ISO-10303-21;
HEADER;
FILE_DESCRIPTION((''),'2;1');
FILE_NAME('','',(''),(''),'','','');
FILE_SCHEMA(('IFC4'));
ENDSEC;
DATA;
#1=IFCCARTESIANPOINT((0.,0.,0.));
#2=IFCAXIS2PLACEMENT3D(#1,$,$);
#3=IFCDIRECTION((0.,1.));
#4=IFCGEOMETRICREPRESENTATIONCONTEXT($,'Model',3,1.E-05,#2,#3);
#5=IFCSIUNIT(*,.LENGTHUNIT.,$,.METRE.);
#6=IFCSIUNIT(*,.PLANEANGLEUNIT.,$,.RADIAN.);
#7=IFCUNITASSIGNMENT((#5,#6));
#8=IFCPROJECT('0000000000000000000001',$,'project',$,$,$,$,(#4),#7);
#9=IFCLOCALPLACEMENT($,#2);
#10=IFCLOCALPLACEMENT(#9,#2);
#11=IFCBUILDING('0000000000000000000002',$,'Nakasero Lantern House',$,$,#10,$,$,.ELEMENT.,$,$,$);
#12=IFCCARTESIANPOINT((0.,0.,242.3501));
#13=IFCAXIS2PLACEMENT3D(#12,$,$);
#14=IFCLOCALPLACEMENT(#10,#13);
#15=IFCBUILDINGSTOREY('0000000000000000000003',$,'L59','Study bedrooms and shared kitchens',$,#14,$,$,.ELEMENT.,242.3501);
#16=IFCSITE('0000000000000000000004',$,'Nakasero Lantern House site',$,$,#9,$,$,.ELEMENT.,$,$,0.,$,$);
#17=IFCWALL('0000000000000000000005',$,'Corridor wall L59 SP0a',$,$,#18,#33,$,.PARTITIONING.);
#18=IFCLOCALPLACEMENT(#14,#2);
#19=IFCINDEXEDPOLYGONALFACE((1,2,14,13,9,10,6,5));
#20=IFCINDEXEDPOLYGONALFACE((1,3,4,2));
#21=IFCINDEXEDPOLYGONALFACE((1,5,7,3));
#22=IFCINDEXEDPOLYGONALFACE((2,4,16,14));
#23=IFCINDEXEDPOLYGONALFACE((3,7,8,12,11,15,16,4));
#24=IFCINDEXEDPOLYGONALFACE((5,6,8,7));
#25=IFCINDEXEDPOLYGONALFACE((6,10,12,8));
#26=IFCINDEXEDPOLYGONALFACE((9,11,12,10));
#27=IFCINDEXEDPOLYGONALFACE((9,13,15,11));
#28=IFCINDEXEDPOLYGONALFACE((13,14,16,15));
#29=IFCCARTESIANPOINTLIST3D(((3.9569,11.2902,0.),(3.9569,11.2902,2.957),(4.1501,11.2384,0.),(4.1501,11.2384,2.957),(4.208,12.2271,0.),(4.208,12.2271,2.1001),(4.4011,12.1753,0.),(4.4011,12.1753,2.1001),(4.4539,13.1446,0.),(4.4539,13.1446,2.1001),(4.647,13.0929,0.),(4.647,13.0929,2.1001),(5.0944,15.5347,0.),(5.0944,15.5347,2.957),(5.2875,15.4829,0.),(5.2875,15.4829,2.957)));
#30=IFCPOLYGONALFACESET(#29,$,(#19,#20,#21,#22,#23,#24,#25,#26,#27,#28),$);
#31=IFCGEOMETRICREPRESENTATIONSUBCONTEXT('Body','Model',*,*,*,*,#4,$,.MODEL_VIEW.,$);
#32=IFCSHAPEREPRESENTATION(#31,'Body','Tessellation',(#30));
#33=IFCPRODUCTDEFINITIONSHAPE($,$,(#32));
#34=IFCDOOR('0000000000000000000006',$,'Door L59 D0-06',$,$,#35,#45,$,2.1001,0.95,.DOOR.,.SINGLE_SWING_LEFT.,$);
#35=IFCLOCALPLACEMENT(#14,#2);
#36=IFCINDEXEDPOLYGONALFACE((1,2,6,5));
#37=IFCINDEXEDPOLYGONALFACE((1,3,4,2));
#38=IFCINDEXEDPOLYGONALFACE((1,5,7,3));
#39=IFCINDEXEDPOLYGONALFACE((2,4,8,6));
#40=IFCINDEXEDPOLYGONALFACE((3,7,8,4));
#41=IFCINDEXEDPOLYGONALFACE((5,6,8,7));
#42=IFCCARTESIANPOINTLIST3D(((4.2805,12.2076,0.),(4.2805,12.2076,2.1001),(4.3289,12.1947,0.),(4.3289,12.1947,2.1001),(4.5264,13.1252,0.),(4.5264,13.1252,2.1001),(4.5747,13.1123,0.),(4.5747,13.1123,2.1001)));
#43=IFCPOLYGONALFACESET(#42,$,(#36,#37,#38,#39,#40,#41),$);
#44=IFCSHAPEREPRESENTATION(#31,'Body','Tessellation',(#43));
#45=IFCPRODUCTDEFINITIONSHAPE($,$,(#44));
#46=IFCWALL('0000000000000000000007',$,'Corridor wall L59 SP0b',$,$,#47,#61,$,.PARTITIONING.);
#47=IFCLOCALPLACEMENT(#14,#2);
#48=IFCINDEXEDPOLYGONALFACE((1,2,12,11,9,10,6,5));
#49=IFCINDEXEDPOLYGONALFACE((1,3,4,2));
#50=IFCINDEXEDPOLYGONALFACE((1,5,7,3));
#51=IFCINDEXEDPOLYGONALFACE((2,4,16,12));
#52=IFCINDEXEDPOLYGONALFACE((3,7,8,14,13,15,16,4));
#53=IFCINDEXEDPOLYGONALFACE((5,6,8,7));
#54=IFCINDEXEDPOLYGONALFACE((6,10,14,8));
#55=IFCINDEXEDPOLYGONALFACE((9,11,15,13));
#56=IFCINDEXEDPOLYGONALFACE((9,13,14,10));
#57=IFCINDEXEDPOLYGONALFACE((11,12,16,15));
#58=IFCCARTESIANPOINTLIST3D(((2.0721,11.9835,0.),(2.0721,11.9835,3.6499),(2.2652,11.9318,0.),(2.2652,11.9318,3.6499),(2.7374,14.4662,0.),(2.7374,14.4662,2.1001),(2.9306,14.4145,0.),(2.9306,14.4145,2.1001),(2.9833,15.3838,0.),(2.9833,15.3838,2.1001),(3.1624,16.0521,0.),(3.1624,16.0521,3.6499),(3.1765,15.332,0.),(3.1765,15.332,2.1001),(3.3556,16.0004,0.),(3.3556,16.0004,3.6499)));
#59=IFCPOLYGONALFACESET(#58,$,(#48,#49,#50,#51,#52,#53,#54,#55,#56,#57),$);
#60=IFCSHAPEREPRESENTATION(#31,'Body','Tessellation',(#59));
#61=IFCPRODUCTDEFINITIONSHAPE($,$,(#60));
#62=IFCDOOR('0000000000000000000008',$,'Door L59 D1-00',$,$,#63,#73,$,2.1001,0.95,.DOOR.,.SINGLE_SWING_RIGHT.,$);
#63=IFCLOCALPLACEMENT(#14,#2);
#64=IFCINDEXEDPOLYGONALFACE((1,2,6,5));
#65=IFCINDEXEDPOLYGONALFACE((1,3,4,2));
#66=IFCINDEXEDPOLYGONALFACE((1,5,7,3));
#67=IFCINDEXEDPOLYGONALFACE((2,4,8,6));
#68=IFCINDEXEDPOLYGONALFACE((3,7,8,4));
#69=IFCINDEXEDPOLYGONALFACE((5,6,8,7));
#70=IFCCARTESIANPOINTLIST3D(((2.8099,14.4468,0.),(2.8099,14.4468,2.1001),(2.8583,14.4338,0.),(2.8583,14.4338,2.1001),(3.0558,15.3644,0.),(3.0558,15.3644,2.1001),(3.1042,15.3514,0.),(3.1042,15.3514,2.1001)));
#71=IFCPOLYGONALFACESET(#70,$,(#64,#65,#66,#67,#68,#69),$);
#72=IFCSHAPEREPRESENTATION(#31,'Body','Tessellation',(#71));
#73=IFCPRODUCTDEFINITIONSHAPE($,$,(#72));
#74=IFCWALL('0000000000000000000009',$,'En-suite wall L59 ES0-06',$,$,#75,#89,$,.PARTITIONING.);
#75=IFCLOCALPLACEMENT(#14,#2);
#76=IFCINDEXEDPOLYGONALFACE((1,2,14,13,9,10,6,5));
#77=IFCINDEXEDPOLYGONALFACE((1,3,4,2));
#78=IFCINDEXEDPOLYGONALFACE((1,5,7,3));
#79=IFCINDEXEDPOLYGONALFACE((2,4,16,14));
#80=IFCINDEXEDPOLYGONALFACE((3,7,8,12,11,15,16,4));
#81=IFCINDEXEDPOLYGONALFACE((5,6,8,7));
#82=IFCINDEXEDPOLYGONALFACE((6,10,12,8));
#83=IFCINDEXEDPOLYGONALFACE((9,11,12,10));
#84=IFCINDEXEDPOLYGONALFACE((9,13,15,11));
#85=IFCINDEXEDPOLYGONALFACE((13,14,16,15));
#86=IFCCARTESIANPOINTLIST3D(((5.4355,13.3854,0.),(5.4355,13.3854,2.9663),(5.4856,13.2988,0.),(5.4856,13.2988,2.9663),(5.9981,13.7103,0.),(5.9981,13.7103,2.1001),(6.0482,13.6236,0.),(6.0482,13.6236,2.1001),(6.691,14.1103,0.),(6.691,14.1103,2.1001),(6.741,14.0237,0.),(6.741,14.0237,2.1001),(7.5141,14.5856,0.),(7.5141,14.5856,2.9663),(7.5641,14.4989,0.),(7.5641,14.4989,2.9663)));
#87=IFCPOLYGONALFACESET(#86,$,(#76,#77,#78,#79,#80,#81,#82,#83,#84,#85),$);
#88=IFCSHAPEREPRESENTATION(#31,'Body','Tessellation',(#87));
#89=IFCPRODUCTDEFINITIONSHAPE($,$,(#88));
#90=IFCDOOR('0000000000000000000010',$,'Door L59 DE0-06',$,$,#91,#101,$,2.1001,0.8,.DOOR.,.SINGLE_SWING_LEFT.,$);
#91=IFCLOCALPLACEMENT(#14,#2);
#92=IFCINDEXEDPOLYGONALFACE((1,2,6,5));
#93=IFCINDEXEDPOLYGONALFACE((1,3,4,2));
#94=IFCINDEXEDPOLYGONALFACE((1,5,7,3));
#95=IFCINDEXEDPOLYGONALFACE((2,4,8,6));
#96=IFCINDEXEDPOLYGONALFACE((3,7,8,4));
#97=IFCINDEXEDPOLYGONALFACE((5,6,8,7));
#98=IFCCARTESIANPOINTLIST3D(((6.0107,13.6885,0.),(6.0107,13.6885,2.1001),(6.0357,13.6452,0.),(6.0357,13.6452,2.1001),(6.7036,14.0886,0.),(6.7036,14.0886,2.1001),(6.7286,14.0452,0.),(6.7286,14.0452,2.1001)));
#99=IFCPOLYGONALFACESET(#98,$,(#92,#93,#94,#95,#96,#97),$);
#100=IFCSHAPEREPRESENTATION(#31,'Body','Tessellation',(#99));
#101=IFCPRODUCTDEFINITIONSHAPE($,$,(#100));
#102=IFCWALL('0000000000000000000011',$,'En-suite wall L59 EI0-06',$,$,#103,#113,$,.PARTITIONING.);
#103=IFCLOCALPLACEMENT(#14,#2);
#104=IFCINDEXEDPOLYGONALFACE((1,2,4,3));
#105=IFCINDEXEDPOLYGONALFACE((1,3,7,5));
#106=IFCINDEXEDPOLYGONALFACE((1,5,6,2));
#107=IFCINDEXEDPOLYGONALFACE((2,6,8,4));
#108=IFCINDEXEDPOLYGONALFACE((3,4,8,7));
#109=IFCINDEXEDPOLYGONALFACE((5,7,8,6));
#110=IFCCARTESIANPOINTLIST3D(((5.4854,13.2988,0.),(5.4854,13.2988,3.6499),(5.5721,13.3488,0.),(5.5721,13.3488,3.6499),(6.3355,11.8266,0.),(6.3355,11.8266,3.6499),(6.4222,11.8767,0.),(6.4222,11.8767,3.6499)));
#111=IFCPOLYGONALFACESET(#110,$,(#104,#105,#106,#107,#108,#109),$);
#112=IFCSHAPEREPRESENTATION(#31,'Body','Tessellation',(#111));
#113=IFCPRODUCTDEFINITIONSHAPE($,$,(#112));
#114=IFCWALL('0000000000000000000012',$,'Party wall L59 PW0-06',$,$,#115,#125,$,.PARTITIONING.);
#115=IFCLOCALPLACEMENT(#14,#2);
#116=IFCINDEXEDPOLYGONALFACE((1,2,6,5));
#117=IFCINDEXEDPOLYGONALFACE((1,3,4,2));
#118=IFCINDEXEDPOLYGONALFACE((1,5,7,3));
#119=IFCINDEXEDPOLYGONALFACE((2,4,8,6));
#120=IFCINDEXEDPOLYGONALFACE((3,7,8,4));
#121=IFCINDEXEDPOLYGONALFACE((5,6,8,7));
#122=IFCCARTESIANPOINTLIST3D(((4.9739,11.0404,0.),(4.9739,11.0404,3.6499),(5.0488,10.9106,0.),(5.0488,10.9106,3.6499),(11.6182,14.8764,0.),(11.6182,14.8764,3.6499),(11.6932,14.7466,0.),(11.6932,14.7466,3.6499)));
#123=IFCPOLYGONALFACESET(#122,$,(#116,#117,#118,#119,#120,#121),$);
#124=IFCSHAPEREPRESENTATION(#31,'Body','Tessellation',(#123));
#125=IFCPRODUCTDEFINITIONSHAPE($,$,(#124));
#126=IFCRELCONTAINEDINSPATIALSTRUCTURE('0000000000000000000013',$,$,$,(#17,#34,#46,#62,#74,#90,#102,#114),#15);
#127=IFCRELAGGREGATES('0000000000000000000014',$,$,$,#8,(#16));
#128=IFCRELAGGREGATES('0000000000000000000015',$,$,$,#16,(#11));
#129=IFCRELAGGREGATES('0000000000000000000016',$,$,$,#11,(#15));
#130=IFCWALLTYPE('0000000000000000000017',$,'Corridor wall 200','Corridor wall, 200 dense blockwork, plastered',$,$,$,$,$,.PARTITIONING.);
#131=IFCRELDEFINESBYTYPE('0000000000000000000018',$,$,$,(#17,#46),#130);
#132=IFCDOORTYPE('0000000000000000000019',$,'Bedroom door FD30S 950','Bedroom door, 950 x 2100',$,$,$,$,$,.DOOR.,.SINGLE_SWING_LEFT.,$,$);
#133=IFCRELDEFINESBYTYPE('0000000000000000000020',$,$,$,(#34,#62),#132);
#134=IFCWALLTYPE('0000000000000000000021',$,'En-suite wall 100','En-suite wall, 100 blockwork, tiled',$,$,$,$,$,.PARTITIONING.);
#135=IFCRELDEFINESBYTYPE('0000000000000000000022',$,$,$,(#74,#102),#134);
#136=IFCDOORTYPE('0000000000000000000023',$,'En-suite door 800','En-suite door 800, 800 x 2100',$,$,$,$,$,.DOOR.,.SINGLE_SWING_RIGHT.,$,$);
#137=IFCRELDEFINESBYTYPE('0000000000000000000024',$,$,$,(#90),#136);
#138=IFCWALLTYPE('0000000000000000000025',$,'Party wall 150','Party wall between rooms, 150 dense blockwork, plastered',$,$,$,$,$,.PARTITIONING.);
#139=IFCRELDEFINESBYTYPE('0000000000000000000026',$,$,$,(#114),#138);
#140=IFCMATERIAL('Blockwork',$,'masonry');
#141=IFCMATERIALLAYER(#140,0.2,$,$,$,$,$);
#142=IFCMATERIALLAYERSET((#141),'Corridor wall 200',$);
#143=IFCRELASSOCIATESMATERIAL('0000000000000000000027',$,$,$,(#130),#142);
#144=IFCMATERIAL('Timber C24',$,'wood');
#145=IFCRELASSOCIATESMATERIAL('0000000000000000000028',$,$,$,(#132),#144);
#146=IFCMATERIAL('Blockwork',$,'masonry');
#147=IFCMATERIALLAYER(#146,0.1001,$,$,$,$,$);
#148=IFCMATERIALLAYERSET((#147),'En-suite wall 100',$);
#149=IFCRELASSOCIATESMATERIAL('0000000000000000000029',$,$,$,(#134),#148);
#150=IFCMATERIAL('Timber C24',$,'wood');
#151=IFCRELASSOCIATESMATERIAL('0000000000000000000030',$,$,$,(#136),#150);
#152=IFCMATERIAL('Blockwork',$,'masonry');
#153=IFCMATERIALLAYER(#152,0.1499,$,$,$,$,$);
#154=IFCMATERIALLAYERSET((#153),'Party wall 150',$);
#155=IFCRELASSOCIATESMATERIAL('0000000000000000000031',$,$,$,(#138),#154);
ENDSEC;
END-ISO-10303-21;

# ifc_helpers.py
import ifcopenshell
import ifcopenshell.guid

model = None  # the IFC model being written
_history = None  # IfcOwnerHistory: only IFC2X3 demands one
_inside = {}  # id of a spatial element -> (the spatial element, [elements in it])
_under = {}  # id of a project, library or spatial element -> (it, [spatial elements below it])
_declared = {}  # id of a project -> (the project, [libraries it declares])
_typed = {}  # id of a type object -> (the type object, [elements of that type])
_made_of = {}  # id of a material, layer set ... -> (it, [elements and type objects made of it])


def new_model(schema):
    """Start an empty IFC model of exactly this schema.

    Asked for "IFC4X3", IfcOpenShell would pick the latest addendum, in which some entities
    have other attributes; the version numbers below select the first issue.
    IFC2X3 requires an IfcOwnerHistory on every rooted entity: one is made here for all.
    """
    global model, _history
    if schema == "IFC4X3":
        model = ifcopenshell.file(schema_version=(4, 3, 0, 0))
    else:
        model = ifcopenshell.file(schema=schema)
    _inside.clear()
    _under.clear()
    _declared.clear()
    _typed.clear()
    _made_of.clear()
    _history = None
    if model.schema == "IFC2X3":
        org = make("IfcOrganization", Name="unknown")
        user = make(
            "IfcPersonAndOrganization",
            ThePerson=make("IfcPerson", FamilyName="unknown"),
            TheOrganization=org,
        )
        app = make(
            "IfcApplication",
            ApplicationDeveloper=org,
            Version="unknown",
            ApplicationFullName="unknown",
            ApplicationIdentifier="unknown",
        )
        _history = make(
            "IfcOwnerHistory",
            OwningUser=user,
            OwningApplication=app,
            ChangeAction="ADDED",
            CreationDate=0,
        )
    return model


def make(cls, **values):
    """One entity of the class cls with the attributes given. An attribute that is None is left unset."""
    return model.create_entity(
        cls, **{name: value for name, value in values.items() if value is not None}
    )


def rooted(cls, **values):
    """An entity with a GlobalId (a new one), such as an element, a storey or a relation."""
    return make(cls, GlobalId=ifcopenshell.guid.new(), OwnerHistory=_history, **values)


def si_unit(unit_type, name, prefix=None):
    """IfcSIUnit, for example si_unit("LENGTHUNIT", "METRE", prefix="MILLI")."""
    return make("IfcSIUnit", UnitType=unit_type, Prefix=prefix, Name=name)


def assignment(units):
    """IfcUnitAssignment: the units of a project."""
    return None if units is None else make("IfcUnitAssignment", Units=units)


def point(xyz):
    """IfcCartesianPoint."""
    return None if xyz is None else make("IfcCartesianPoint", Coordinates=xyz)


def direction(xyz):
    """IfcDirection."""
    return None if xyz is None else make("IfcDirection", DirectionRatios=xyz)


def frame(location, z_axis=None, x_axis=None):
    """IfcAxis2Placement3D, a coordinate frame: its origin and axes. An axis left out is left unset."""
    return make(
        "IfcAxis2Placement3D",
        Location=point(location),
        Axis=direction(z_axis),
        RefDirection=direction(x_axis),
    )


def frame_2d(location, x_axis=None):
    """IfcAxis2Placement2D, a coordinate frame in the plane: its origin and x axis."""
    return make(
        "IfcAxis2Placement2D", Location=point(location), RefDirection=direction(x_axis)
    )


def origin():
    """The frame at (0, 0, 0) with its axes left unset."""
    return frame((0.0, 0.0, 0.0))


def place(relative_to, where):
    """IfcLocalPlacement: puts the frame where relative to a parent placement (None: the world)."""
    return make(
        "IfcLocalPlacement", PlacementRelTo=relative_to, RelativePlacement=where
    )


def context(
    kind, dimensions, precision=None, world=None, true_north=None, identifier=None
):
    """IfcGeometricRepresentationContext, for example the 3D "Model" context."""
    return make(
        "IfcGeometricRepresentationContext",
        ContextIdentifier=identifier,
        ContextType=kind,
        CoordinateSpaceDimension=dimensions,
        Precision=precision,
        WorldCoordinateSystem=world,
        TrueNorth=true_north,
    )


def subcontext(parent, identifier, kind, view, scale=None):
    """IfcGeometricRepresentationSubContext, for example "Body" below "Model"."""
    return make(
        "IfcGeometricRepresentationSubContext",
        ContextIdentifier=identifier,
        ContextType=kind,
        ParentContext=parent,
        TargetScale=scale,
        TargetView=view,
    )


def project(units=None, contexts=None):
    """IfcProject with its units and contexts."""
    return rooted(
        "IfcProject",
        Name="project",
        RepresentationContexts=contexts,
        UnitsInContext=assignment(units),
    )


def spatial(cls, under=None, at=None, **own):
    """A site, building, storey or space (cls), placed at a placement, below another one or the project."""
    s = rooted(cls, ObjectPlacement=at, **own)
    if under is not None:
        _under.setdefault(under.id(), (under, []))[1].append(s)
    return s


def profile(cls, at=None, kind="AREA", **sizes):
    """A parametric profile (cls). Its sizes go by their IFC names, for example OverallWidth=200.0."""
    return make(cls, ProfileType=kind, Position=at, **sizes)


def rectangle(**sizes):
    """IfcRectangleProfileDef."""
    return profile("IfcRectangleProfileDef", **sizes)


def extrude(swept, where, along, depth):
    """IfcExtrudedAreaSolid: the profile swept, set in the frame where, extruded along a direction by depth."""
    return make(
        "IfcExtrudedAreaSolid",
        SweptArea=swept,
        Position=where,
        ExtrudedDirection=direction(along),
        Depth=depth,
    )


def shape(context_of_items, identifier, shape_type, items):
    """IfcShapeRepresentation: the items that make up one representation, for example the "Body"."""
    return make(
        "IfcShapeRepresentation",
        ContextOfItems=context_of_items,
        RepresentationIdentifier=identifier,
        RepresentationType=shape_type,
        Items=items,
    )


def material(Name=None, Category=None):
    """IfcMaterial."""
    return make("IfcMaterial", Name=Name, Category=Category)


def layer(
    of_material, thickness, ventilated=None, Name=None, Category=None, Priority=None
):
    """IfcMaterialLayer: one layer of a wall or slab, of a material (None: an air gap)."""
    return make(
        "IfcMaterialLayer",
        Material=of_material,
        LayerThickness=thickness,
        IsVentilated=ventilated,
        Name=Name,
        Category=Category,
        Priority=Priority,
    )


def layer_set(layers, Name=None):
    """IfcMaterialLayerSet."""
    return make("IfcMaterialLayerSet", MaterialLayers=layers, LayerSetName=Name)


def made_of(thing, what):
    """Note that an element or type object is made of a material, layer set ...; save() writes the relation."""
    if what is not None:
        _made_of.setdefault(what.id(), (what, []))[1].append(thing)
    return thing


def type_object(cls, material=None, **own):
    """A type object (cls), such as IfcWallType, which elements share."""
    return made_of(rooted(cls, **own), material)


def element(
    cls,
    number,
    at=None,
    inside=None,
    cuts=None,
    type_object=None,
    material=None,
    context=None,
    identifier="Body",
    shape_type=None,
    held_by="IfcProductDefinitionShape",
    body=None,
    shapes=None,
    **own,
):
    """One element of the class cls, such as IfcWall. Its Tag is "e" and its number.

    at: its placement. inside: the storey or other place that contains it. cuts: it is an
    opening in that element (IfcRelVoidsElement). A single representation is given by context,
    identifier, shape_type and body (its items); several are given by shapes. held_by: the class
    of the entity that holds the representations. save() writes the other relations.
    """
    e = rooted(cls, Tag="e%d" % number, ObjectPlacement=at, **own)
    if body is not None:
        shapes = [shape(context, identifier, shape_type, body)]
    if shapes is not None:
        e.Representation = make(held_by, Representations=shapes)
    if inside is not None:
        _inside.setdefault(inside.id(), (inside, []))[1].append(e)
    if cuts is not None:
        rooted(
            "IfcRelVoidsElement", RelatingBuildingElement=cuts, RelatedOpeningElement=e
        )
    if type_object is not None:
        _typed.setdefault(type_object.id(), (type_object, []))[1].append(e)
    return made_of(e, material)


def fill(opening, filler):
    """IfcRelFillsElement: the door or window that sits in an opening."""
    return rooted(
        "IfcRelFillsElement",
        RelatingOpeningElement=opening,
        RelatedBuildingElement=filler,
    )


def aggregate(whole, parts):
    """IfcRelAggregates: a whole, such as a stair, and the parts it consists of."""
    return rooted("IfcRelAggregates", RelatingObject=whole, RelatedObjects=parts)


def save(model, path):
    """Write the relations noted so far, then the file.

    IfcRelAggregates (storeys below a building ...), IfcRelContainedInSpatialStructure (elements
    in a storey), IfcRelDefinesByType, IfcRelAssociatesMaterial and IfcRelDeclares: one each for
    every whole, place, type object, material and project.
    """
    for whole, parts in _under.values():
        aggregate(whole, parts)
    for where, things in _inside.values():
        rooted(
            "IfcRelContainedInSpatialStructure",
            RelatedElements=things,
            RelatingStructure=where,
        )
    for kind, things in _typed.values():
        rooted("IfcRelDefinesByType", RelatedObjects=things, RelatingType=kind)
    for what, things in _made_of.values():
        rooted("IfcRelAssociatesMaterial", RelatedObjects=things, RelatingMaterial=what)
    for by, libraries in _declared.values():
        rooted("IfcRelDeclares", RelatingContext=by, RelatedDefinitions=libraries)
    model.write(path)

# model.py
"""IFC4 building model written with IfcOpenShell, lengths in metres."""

from ifc_helpers import new_model, si_unit, direction, frame, frame_2d, origin, place, context, subcontext, project, spatial, rectangle, extrude, material, layer, layer_set, type_object, element, fill, save


model = new_model("IFC4")

# Units and contexts
model_context = context("Model", 3, precision=1e-05, world=origin(), true_north=direction((0.0, 1.0)))
body_context = subcontext(model_context, "Body", "Model", "MODEL_VIEW")
ifc_project = project(units=[si_unit("LENGTHUNIT", "METRE"), si_unit("PLANEANGLEUNIT", "RADIAN")], contexts=[model_context])

# Site, building, storey
site_placement = place(None, origin())
site = spatial("IfcSite", under=ifc_project, at=site_placement, Name="Nakasero Lantern House site", CompositionType="ELEMENT", RefElevation=0.0)
building_placement = place(site_placement, origin())
building = spatial("IfcBuilding", under=site, at=building_placement, Name="Nakasero Lantern House", CompositionType="ELEMENT")
storey_placement = place(building_placement, frame((0.0, 0.0, 242.3501)))
storey = spatial("IfcBuildingStorey", under=building, at=storey_placement, Name="L59", Description="Study bedrooms and shared kitchens", CompositionType="ELEMENT", Elevation=242.3501)

# Shared definitions
ifc_material_1 = material(Name="Blockwork", Category="masonry")
ifc_layer_1 = layer(ifc_material_1, 0.2)
ifc_layer_set_1 = layer_set([ifc_layer_1], Name="Corridor wall 200")
wall_type_1 = type_object("IfcWallType", Name="Corridor wall 200", Description="Corridor wall, 200 dense blockwork, plastered", PredefinedType="PARTITIONING", material=ifc_layer_set_1)

# Walls, openings, doors
wall_1_placement = place(storey_placement, frame((4.0535, 11.2642, 0.0), z_axis=(0.0, 0.0, 1.0), x_axis=(0.258842, 0.96592, 0.0)))
wall_1 = element("IfcWall", 1, at=wall_1_placement, inside=storey, type_object=wall_type_1, Name="Corridor wall L59 SP0a", PredefinedType="PARTITIONING", context=body_context, shape_type="SweptSolid", body=[
    extrude(rectangle(XDim=4.3943, YDim=0.2, at=frame_2d((2.1973, 0.0))), origin(), (0.0, 0.0, 1.0), 2.957),
])
opening_1_placement = place(wall_1_placement, frame((0.97, 0.0, 0.0)))
opening_1 = element("IfcOpeningElement", 2, at=opening_1_placement, cuts=wall_1, PredefinedType="OPENING", context=body_context, shape_type="SweptSolid", body=[
    extrude(rectangle(XDim=0.95, YDim=2.1001, at=frame_2d((0.4751, 1.05))), frame((0.0, 0.1199, 0.0), z_axis=(0.0, -1.0, 0.0), x_axis=(1.0, 0.0, 0.0)), (0.0, 0.0, 1.0), 0.24),
])
ifc_material_2 = material(Name="Timber C24", Category="wood")
door_type_1 = type_object("IfcDoorType", Name="Bedroom door FD30S 950", Description="Bedroom door, 950 x 2100", OperationType="SINGLE_SWING_LEFT", PredefinedType="DOOR", material=ifc_material_2)
door_1_placement = place(opening_1_placement, origin())
door_1 = element("IfcDoor", 3, at=door_1_placement, inside=storey, type_object=door_type_1, Name="Door L59 D0-06", OperationType="SINGLE_SWING_LEFT", OverallHeight=2.1001, OverallWidth=0.95, PredefinedType="DOOR", context=body_context, shape_type="SweptSolid", body=[
    extrude(rectangle(XDim=0.95, YDim=2.1001, at=frame_2d((0.4751, 1.05))), frame((0.0, 0.0249, 0.0), z_axis=(0.0, -1.0, 0.0), x_axis=(1.0, 0.0, 0.0)), (0.0, 0.0, 1.0), 0.05),
])
fill(opening_1, door_1)
wall_2_placement = place(storey_placement, frame((2.1687, 11.9578, 0.0), z_axis=(0.0, 0.0, 1.0), x_axis=(0.258853, 0.965917, 0.0)))
wall_2 = element("IfcWall", 4, at=wall_2_placement, inside=storey, type_object=wall_type_1, Name="Corridor wall L59 SP0b", PredefinedType="PARTITIONING", context=body_context, shape_type="SweptSolid", body=[
    extrude(rectangle(XDim=4.2122, YDim=0.2, at=frame_2d((2.106, 0.0))), origin(), (0.0, 0.0, 1.0), 3.6499),
])
opening_2_placement = place(wall_2_placement, frame((2.5701, 0.0, 0.0)))
opening_2 = element("IfcOpeningElement", 5, at=opening_2_placement, cuts=wall_2, PredefinedType="OPENING", context=body_context, shape_type="SweptSolid", body=[
    extrude(rectangle(XDim=0.95, YDim=2.1001, at=frame_2d((0.4751, 1.05))), frame((0.0, 0.1199, 0.0), z_axis=(0.0, -1.0, 0.0), x_axis=(1.0, 0.0, 0.0)), (0.0, 0.0, 1.0), 0.24),
])
door_2_placement = place(opening_2_placement, origin())
door_2 = element("IfcDoor", 6, at=door_2_placement, inside=storey, type_object=door_type_1, Name="Door L59 D1-00", OperationType="SINGLE_SWING_RIGHT", OverallHeight=2.1001, OverallWidth=0.95, PredefinedType="DOOR", context=body_context, shape_type="SweptSolid", body=[
    extrude(rectangle(XDim=0.95, YDim=2.1001, at=frame_2d((0.4751, 1.05))), frame((0.0, 0.0249, 0.0), z_axis=(0.0, -1.0, 0.0), x_axis=(1.0, 0.0, 0.0)), (0.0, 0.0, 1.0), 0.05),
])
fill(opening_2, door_2)
ifc_material_3 = material(Name="Blockwork", Category="masonry")
ifc_layer_2 = layer(ifc_material_3, 0.1001)
ifc_layer_set_2 = layer_set([ifc_layer_2], Name="En-suite wall 100")
wall_type_2 = type_object("IfcWallType", Name="En-suite wall 100", Description="En-suite wall, 100 blockwork, tiled", PredefinedType="PARTITIONING", material=ifc_layer_set_2)
wall_3_placement = place(storey_placement, frame((5.4604, 13.342, 0.0), z_axis=(0.0, 0.0, 1.0), x_axis=(0.866006, 0.500034, 0.0)))
wall_3 = element("IfcWall", 7, at=wall_3_placement, inside=storey, type_object=wall_type_2, Name="En-suite wall L59 ES0-06", PredefinedType="PARTITIONING", context=body_context, shape_type="SweptSolid", body=[
    extrude(rectangle(XDim=2.4001, YDim=0.1001, at=frame_2d((1.2002, 0.0))), origin(), (0.0, 0.0, 1.0), 2.9663),
])
opening_3_placement = place(wall_3_placement, frame((0.6499, 0.0, 0.0)))
opening_3 = element("IfcOpeningElement", 8, at=opening_3_placement, cuts=wall_3, PredefinedType="OPENING", context=body_context, shape_type="SweptSolid", body=[
    extrude(rectangle(XDim=0.8, YDim=2.1001, at=frame_2d((0.3999, 1.05))), frame((0.0, 0.0701, 0.0), z_axis=(0.0, -1.0, 0.0), x_axis=(1.0, 0.0, 0.0)), (0.0, 0.0, 1.0), 0.1401),
])
ifc_material_4 = material(Name="Timber C24", Category="wood")
door_type_2 = type_object("IfcDoorType", Name="En-suite door 800", Description="En-suite door 800, 800 x 2100", OperationType="SINGLE_SWING_RIGHT", PredefinedType="DOOR", material=ifc_material_4)
door_3_placement = place(opening_3_placement, origin())
door_3 = element("IfcDoor", 9, at=door_3_placement, inside=storey, type_object=door_type_2, Name="Door L59 DE0-06", OperationType="SINGLE_SWING_LEFT", OverallHeight=2.1001, OverallWidth=0.8, PredefinedType="DOOR", context=body_context, shape_type="SweptSolid", body=[
    extrude(rectangle(XDim=0.8, YDim=2.1001, at=frame_2d((0.3999, 1.05))), frame((0.0, 0.0249, 0.0), z_axis=(0.0, -1.0, 0.0), x_axis=(1.0, 0.0, 0.0)), (0.0, 0.0, 1.0), 0.05),
])
fill(opening_3, door_3)

# Walls
wall_4_placement = place(storey_placement, frame((6.3789, 11.8516, 0.0), z_axis=(0.0, 0.0, 1.0), x_axis=(-0.500062, 0.865989, 0.0)))
element("IfcWall", 10, at=wall_4_placement, inside=storey, type_object=wall_type_2, Name="En-suite wall L59 EI0-06", PredefinedType="PARTITIONING", context=body_context, shape_type="SweptSolid", body=[
    extrude(rectangle(XDim=1.7, YDim=0.1001, at=frame_2d((0.8501, 0.0))), origin(), (0.0, 0.0, 1.0), 3.6499),
])
ifc_material_5 = material(Name="Blockwork", Category="masonry")
ifc_layer_3 = layer(ifc_material_5, 0.1499)
ifc_layer_set_3 = layer_set([ifc_layer_3], Name="Party wall 150")
wall_type_3 = type_object("IfcWallType", Name="Party wall 150", Description="Party wall between rooms, 150 dense blockwork, plastered", PredefinedType="PARTITIONING", material=ifc_layer_set_3)
wall_5_placement = place(storey_placement, frame((5.0115, 10.9756, 0.0), z_axis=(0.0, 0.0, 1.0), x_axis=(0.866034, 0.499986, 0.0)))
element("IfcWall", 11, at=wall_5_placement, inside=storey, type_object=wall_type_3, Name="Party wall L59 PW0-06", PredefinedType="PARTITIONING", context=body_context, shape_type="SweptSolid", body=[
    extrude(rectangle(XDim=7.6721, YDim=0.1499, at=frame_2d((3.8359, 0.0))), origin(), (0.0, 0.0, 1.0), 3.6499),
])

save(model, "model.ifc")
